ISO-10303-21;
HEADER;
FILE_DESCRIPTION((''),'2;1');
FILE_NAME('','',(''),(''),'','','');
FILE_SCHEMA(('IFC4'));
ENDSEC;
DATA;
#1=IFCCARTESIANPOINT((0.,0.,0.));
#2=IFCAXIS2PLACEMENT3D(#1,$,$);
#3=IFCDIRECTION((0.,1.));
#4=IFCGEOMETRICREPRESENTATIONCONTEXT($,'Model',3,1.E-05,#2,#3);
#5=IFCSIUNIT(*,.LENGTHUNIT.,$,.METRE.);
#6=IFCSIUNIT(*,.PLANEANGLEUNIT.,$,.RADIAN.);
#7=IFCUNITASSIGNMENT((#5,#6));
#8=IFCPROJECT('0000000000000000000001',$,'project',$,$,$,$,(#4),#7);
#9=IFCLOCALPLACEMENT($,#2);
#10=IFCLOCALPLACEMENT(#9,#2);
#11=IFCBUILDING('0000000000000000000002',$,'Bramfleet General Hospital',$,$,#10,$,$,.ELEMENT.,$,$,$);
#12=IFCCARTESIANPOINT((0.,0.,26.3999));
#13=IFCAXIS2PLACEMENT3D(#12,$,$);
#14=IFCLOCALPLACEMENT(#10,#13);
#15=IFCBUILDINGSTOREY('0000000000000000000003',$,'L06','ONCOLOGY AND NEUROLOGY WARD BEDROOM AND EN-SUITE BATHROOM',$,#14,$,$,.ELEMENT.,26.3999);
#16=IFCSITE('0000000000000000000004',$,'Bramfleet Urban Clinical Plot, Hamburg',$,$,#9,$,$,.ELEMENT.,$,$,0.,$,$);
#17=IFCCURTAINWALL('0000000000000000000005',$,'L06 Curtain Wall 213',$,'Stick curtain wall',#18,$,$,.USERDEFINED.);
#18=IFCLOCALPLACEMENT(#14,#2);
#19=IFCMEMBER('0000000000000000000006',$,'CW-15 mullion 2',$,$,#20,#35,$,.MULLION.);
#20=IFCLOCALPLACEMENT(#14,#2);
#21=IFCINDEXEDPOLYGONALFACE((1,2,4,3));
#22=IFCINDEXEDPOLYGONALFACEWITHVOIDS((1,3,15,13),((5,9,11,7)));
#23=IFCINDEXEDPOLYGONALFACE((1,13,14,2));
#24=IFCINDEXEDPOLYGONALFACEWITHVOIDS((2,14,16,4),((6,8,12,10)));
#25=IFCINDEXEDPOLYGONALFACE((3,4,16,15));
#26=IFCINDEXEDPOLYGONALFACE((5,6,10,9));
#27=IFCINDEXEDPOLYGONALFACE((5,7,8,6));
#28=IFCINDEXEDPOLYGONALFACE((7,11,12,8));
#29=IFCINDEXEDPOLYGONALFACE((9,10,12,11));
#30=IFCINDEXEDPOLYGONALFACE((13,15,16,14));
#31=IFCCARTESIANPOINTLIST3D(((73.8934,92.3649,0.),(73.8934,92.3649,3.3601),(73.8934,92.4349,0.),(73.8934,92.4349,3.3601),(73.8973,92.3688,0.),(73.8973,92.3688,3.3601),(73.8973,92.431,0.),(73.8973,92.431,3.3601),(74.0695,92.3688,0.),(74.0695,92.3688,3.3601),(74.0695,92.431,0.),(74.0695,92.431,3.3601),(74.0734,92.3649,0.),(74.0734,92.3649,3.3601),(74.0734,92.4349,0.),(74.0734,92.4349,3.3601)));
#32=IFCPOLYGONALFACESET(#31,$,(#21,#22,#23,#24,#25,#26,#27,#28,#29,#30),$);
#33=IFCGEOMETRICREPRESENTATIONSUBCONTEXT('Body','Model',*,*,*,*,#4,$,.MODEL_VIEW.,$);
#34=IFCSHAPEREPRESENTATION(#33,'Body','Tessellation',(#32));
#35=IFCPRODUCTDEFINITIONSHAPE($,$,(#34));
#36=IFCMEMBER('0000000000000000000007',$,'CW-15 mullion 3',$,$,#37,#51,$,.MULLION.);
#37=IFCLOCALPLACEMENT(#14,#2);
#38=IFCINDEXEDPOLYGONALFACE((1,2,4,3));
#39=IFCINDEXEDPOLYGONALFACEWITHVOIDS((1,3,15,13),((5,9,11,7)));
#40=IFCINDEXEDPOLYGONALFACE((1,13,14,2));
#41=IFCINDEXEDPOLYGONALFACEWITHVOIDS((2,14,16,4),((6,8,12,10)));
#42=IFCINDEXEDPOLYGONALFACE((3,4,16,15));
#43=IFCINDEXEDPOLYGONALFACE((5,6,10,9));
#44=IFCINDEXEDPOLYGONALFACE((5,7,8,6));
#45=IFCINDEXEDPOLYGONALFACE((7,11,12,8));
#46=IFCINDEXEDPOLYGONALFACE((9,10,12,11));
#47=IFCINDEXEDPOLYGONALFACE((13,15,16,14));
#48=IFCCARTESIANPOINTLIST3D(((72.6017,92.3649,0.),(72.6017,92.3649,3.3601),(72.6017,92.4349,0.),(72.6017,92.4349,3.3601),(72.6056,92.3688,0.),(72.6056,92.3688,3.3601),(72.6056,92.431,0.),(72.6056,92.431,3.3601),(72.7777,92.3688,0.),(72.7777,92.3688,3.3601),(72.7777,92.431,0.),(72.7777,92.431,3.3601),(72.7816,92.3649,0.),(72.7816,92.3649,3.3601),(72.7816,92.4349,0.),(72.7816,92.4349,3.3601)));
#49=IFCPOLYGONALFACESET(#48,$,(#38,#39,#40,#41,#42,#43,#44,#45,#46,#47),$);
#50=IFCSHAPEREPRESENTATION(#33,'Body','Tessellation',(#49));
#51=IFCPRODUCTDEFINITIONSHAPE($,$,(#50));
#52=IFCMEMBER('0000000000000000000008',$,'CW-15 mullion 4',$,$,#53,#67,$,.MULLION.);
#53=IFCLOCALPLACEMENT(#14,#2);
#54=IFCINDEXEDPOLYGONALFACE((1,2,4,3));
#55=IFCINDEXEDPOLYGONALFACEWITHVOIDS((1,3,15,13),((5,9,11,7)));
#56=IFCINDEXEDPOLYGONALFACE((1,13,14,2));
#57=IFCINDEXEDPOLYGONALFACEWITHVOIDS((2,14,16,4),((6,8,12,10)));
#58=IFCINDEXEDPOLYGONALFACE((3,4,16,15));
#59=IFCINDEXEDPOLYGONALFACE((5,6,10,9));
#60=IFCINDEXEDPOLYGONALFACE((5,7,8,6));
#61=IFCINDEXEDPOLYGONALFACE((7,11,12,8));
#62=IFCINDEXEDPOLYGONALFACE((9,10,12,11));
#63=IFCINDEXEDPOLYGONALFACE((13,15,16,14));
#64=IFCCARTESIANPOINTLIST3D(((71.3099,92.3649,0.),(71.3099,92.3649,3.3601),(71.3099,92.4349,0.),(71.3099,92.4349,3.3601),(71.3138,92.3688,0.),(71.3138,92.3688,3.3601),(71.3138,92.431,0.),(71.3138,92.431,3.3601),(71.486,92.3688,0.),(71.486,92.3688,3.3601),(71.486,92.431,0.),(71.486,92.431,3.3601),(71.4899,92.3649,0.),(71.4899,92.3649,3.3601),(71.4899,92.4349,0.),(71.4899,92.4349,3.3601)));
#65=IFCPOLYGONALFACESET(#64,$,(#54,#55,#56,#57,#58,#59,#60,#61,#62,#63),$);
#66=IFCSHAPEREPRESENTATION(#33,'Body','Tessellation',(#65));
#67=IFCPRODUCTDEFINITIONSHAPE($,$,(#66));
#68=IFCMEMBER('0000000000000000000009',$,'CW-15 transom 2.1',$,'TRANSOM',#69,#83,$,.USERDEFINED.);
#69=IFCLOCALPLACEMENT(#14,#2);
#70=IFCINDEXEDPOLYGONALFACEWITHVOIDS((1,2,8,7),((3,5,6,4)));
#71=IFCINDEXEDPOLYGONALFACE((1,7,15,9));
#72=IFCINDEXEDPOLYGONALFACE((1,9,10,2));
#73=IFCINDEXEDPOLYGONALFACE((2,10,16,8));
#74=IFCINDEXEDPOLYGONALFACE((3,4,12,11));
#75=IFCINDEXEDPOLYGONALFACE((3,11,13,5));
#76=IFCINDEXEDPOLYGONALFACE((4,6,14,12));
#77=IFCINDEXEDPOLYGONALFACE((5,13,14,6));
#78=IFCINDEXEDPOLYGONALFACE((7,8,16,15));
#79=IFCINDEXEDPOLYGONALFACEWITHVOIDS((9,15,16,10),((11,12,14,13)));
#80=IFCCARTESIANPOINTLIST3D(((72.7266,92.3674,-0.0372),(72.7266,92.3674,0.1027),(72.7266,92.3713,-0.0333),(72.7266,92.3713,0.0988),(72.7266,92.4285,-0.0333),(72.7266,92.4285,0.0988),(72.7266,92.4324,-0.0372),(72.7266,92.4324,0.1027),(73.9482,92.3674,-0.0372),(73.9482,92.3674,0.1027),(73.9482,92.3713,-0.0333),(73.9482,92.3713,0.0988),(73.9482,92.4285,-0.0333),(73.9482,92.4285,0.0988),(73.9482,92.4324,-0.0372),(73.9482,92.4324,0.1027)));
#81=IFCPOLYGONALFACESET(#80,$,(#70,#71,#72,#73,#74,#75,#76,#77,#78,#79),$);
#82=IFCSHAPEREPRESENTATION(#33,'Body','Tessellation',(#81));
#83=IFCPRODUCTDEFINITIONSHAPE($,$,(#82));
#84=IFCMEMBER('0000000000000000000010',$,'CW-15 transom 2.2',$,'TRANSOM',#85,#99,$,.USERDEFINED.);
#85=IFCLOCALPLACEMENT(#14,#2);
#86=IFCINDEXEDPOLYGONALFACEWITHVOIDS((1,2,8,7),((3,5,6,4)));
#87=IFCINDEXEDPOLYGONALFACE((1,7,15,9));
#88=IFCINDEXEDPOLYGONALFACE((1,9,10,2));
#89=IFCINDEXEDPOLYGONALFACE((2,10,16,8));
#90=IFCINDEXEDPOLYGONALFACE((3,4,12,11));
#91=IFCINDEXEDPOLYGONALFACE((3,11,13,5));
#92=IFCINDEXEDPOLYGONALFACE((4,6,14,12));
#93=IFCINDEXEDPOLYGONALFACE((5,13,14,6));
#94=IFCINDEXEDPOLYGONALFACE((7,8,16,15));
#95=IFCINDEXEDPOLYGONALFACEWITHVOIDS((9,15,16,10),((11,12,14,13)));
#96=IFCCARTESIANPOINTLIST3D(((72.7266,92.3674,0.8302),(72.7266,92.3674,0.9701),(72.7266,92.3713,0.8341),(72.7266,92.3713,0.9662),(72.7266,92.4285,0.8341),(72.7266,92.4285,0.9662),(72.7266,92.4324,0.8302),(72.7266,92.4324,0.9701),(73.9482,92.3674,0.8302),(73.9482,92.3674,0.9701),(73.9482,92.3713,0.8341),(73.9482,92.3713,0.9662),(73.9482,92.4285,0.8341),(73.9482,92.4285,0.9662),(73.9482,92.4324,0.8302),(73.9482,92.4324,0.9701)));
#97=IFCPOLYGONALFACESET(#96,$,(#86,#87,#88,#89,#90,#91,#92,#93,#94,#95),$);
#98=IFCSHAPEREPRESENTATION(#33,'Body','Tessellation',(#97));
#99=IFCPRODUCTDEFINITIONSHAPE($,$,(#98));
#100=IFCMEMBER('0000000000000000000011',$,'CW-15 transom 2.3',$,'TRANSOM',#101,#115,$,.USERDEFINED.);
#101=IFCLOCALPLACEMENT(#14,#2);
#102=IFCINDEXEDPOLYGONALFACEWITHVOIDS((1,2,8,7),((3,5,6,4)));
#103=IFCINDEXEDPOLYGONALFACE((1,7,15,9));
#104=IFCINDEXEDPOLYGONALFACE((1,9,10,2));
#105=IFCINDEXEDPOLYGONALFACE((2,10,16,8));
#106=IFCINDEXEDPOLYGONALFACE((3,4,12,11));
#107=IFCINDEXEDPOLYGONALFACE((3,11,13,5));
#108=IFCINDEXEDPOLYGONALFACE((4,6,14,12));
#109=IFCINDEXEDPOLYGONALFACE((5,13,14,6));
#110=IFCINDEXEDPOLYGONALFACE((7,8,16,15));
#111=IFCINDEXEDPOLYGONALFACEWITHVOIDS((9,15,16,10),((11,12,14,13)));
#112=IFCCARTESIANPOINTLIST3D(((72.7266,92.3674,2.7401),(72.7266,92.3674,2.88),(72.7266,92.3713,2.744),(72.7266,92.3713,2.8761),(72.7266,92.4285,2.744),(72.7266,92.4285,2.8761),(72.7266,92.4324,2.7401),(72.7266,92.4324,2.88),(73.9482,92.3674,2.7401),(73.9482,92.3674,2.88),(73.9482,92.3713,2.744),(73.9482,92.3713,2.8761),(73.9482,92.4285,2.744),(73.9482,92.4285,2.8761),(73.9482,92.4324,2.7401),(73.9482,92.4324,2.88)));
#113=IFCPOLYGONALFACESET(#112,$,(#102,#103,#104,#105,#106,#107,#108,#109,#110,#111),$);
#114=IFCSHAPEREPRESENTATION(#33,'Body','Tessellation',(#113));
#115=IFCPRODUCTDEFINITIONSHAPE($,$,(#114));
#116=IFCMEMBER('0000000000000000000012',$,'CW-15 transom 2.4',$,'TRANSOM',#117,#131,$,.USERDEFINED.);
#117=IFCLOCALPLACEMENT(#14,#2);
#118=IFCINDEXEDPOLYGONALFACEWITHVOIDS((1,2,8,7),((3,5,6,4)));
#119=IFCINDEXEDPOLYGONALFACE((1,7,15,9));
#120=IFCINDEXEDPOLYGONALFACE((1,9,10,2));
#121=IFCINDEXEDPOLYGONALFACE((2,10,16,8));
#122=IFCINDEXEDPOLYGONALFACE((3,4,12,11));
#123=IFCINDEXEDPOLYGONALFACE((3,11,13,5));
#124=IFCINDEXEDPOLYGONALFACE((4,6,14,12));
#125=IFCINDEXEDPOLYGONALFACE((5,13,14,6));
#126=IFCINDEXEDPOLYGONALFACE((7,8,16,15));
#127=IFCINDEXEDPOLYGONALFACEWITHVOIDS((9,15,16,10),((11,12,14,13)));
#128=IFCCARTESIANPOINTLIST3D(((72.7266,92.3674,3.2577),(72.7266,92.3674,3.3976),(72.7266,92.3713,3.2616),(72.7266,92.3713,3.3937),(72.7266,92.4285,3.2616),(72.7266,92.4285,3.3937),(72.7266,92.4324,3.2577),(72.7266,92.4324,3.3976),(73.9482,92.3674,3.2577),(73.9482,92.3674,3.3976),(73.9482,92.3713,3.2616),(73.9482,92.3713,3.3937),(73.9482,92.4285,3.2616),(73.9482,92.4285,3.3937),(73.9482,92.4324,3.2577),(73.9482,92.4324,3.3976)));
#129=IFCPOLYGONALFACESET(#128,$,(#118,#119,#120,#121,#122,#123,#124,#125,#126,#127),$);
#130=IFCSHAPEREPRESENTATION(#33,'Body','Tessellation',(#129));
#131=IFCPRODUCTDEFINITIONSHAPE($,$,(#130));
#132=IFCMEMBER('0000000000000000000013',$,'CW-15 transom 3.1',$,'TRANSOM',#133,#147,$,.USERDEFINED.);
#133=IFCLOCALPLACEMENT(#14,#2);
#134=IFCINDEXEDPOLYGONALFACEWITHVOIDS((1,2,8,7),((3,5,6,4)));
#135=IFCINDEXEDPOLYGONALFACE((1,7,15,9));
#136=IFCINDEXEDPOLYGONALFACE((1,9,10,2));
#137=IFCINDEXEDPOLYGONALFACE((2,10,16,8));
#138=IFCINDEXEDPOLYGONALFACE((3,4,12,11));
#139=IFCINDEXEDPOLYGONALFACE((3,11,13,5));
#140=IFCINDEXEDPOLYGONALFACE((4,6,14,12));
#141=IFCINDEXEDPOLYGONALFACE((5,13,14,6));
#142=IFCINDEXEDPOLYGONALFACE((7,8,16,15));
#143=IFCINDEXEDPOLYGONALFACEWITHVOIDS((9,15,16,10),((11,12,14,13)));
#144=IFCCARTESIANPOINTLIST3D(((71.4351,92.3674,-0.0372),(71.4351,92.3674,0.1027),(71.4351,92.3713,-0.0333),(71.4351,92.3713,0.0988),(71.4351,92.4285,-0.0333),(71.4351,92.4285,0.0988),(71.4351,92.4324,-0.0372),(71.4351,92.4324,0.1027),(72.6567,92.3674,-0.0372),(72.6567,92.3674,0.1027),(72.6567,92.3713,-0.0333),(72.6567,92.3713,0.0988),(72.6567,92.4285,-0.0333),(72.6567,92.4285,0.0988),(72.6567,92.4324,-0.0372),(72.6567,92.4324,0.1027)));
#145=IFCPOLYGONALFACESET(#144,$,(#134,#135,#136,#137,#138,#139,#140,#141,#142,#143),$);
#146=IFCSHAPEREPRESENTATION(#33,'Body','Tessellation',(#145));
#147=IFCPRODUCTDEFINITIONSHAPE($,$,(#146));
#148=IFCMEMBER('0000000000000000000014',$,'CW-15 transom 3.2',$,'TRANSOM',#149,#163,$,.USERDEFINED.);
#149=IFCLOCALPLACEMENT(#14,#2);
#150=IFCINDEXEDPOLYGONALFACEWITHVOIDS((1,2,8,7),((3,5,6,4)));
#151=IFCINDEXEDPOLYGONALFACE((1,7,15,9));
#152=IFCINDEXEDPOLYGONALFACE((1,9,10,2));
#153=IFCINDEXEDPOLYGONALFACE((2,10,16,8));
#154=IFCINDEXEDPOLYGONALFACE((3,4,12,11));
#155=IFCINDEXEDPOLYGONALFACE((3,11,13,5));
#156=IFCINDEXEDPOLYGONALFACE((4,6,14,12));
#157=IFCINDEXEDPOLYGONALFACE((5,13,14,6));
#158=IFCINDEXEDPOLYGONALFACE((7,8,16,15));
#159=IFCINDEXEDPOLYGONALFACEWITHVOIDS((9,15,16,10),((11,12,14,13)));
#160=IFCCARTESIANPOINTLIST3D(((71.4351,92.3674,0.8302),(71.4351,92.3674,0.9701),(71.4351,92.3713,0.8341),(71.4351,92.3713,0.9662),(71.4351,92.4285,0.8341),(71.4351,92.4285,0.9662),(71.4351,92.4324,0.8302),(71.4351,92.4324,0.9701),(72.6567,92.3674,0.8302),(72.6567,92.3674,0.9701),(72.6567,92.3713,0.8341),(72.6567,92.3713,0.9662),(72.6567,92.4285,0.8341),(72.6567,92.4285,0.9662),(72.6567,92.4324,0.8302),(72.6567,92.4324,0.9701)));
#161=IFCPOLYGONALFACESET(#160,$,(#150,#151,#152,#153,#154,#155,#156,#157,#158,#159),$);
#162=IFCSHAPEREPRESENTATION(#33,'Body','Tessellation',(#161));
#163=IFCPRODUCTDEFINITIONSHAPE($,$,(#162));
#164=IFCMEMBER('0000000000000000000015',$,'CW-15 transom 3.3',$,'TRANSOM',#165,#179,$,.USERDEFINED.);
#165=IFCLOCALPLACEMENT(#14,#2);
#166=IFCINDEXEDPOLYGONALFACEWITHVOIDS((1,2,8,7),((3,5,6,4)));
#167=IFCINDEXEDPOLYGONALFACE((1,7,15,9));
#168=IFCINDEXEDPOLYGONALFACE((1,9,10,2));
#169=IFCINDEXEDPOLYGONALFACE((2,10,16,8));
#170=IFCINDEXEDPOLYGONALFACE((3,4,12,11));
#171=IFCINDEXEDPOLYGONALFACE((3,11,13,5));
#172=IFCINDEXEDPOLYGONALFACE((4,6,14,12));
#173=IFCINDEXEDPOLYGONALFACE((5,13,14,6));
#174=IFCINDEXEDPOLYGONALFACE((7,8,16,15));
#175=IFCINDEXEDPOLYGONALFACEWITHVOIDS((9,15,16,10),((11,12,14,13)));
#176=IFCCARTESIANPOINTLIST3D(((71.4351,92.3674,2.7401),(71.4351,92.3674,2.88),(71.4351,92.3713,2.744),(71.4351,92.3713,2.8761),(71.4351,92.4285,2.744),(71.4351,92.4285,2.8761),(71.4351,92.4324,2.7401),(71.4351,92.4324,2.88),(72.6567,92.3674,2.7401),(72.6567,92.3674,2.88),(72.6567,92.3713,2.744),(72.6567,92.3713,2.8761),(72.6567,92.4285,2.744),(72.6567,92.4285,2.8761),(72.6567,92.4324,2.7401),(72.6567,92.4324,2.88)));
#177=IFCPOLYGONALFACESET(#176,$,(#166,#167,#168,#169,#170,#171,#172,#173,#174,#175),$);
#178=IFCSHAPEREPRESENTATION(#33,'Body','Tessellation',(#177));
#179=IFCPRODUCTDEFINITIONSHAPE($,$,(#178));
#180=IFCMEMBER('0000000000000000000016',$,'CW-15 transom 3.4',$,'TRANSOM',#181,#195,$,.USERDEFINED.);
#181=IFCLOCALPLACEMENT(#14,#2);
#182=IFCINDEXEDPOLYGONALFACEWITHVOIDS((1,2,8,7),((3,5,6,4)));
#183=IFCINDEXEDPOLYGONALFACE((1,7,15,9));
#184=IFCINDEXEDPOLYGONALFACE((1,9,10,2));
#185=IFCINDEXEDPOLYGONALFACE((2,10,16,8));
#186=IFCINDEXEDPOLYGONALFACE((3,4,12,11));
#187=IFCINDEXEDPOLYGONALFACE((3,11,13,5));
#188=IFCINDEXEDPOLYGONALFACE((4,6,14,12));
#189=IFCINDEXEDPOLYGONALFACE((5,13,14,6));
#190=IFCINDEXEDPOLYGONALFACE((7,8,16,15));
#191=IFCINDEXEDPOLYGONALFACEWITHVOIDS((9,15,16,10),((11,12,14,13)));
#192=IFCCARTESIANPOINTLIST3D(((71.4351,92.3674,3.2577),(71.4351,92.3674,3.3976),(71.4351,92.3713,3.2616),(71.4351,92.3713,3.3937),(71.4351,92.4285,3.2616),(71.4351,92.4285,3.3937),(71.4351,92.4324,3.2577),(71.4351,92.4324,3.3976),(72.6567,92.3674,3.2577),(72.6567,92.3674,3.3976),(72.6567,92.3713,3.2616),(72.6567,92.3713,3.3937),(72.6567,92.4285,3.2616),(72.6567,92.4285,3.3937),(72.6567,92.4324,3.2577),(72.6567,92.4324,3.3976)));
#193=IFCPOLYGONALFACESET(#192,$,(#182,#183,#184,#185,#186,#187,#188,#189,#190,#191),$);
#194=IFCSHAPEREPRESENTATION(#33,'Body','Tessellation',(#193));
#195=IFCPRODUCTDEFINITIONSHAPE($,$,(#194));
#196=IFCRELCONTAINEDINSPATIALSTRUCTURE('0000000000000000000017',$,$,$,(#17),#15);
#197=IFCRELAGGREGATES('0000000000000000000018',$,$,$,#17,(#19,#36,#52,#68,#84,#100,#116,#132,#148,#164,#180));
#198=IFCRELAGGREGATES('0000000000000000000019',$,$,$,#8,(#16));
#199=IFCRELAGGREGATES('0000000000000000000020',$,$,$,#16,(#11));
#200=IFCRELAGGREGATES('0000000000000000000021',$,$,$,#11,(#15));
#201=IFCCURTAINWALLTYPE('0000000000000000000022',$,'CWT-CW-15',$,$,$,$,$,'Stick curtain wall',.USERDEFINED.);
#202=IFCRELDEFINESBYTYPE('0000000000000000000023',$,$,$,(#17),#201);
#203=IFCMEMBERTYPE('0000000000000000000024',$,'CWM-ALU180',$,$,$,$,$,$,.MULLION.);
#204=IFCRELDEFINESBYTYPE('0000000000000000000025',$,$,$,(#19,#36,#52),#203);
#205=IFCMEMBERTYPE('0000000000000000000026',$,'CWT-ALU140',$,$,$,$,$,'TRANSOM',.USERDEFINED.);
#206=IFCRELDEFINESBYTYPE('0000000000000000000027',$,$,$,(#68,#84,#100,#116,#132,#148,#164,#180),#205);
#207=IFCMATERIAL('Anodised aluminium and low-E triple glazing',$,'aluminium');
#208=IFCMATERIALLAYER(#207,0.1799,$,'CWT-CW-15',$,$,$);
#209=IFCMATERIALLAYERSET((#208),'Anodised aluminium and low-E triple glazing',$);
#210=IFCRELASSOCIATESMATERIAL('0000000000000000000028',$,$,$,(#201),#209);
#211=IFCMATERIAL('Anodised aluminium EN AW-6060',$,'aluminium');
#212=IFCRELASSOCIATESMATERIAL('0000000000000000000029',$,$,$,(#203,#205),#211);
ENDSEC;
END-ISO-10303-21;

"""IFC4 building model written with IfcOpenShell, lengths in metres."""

from ifc_helpers import new_model, si_unit, direction, frame, origin, origin_2d, place, context, subcontext, project, spatial, hollow_rectangle, extrude, material, layer, layer_set, material_profile, profile_set, type_object, element, aggregate, save


model = new_model("IFC4")

# Units and contexts
model_context = context("Model", 3, precision=1e-05, world=origin(), true_north=direction((0.0, 1.0)))
body_context = subcontext(model_context, "Body", "Model", "MODEL_VIEW")
ifc_project = project(units=[si_unit("LENGTHUNIT", "METRE"), si_unit("PLANEANGLEUNIT", "RADIAN")], contexts=[model_context])

# Site, building, storey
site_placement = place(None, origin())
site = spatial("IfcSite", under=ifc_project, at=site_placement, Name="Bramfleet Urban Clinical Plot, Hamburg", CompositionType="ELEMENT", RefElevation=0.0)
building_placement = place(site_placement, origin())
building = spatial("IfcBuilding", under=site, at=building_placement, Name="Bramfleet General Hospital", CompositionType="ELEMENT")
storey_placement = place(building_placement, frame((0.0, 0.0, 26.3999)))
storey = spatial("IfcBuildingStorey", under=building, at=storey_placement, Name="L06", Description="ONCOLOGY AND NEUROLOGY WARD BEDROOM AND EN-SUITE BATHROOM", CompositionType="ELEMENT", Elevation=26.3999)

# Curtain wall, members
ifc_material_1 = material(Name="Anodised aluminium and low-E triple glazing", Category="aluminium")
ifc_layer_1 = layer(ifc_material_1, 0.1799, Name="CWT-CW-15")
ifc_layer_set_1 = layer_set([ifc_layer_1], Name="Anodised aluminium and low-E triple glazing")
curtain_wall_type = type_object("IfcCurtainWallType", Name="CWT-CW-15", ElementType="Stick curtain wall", PredefinedType="USERDEFINED", material=ifc_layer_set_1)
curtain_wall_placement = place(storey_placement, origin())
curtain_wall = element("IfcCurtainWall", 1, at=curtain_wall_placement, inside=storey, type_object=curtain_wall_type, Name="L06 Curtain Wall 213", ObjectType="Stick curtain wall", PredefinedType="USERDEFINED")
ifc_material_2 = material(Name="Anodised aluminium EN AW-6060", Category="aluminium")
ifc_material_profile_1 = material_profile(ifc_material_2, hollow_rectangle(XDim=0.0701, YDim=0.1799, WallThickness=0.0039, at=origin_2d()), Name="ALU 180x70x4.0")
ifc_profile_set_1 = profile_set([ifc_material_profile_1], Name="Anodised aluminium EN AW-6060")
member_type_1 = type_object("IfcMemberType", Name="CWM-ALU180", PredefinedType="MULLION", material=ifc_profile_set_1)
member_1_placement = place(storey_placement, frame((73.9834, 92.3999, 0.0), z_axis=(0.0, 0.0, 1.0), x_axis=(0.0, -1.0, 0.0)))
member_1 = element("IfcMember", 2, at=member_1_placement, type_object=member_type_1, Name="CW-15 mullion 2", PredefinedType="MULLION", context=body_context, shape_type="SweptSolid", body=[
    extrude(hollow_rectangle(XDim=0.0701, YDim=0.1799, WallThickness=0.0039, at=origin_2d()), origin(), (0.0, 0.0, 1.0), 3.3601),
])
member_2_placement = place(storey_placement, frame((72.6917, 92.3999, 0.0), z_axis=(0.0, 0.0, 1.0), x_axis=(0.0, -1.0, 0.0)))
member_2 = element("IfcMember", 3, at=member_2_placement, type_object=member_type_1, Name="CW-15 mullion 3", PredefinedType="MULLION", context=body_context, shape_type="SweptSolid", body=[
    extrude(hollow_rectangle(XDim=0.0701, YDim=0.1799, WallThickness=0.0039, at=origin_2d()), origin(), (0.0, 0.0, 1.0), 3.3601),
])
member_3_placement = place(storey_placement, frame((71.3999, 92.3999, 0.0), z_axis=(0.0, 0.0, 1.0), x_axis=(0.0, -1.0, 0.0)))
member_3 = element("IfcMember", 4, at=member_3_placement, type_object=member_type_1, Name="CW-15 mullion 4", PredefinedType="MULLION", context=body_context, shape_type="SweptSolid", body=[
    extrude(hollow_rectangle(XDim=0.0701, YDim=0.1799, WallThickness=0.0039, at=origin_2d()), origin(), (0.0, 0.0, 1.0), 3.3601),
])
ifc_material_profile_2 = material_profile(ifc_material_2, hollow_rectangle(XDim=0.0649, YDim=0.1399, WallThickness=0.0039, at=origin_2d()), Name="ALU 140x65x4.0")
ifc_profile_set_2 = profile_set([ifc_material_profile_2], Name="Anodised aluminium EN AW-6060")
member_type_2 = type_object("IfcMemberType", Name="CWT-ALU140", ElementType="TRANSOM", PredefinedType="USERDEFINED", material=ifc_profile_set_2)
member_4_placement = place(storey_placement, frame((73.9482, 92.3999, 0.0327), z_axis=(-1.0, 0.0, 0.0), x_axis=(0.0, -1.0, 0.0)))
member_4 = element("IfcMember", 5, at=member_4_placement, type_object=member_type_2, Name="CW-15 transom 2.1", ObjectType="TRANSOM", PredefinedType="USERDEFINED", context=body_context, shape_type="SweptSolid", body=[
    extrude(hollow_rectangle(XDim=0.0649, YDim=0.1399, WallThickness=0.0039, at=origin_2d()), origin(), (0.0, 0.0, 1.0), 1.2217),
])
member_5_placement = place(storey_placement, frame((73.9482, 92.3999, 0.9001), z_axis=(-1.0, 0.0, 0.0), x_axis=(0.0, -1.0, 0.0)))
member_5 = element("IfcMember", 6, at=member_5_placement, type_object=member_type_2, Name="CW-15 transom 2.2", ObjectType="TRANSOM", PredefinedType="USERDEFINED", context=body_context, shape_type="SweptSolid", body=[
    extrude(hollow_rectangle(XDim=0.0649, YDim=0.1399, WallThickness=0.0039, at=origin_2d()), origin(), (0.0, 0.0, 1.0), 1.2217),
])
member_6_placement = place(storey_placement, frame((73.9482, 92.3999, 2.8101), z_axis=(-1.0, 0.0, 0.0), x_axis=(0.0, -1.0, 0.0)))
member_6 = element("IfcMember", 7, at=member_6_placement, type_object=member_type_2, Name="CW-15 transom 2.3", ObjectType="TRANSOM", PredefinedType="USERDEFINED", context=body_context, shape_type="SweptSolid", body=[
    extrude(hollow_rectangle(XDim=0.0649, YDim=0.1399, WallThickness=0.0039, at=origin_2d()), origin(), (0.0, 0.0, 1.0), 1.2217),
])
member_7_placement = place(storey_placement, frame((73.9482, 92.3999, 3.3276), z_axis=(-1.0, 0.0, 0.0), x_axis=(0.0, -1.0, 0.0)))
member_7 = element("IfcMember", 8, at=member_7_placement, type_object=member_type_2, Name="CW-15 transom 2.4", ObjectType="TRANSOM", PredefinedType="USERDEFINED", context=body_context, shape_type="SweptSolid", body=[
    extrude(hollow_rectangle(XDim=0.0649, YDim=0.1399, WallThickness=0.0039, at=origin_2d()), origin(), (0.0, 0.0, 1.0), 1.2217),
])
member_8_placement = place(storey_placement, frame((72.6567, 92.3999, 0.0327), z_axis=(-1.0, 0.0, 0.0), x_axis=(0.0, -1.0, 0.0)))
member_8 = element("IfcMember", 9, at=member_8_placement, type_object=member_type_2, Name="CW-15 transom 3.1", ObjectType="TRANSOM", PredefinedType="USERDEFINED", context=body_context, shape_type="SweptSolid", body=[
    extrude(hollow_rectangle(XDim=0.0649, YDim=0.1399, WallThickness=0.0039, at=origin_2d()), origin(), (0.0, 0.0, 1.0), 1.2217),
])
member_9_placement = place(storey_placement, frame((72.6567, 92.3999, 0.9001), z_axis=(-1.0, 0.0, 0.0), x_axis=(0.0, -1.0, 0.0)))
member_9 = element("IfcMember", 10, at=member_9_placement, type_object=member_type_2, Name="CW-15 transom 3.2", ObjectType="TRANSOM", PredefinedType="USERDEFINED", context=body_context, shape_type="SweptSolid", body=[
    extrude(hollow_rectangle(XDim=0.0649, YDim=0.1399, WallThickness=0.0039, at=origin_2d()), origin(), (0.0, 0.0, 1.0), 1.2217),
])
member_10_placement = place(storey_placement, frame((72.6567, 92.3999, 2.8101), z_axis=(-1.0, 0.0, 0.0), x_axis=(0.0, -1.0, 0.0)))
member_10 = element("IfcMember", 11, at=member_10_placement, type_object=member_type_2, Name="CW-15 transom 3.3", ObjectType="TRANSOM", PredefinedType="USERDEFINED", context=body_context, shape_type="SweptSolid", body=[
    extrude(hollow_rectangle(XDim=0.0649, YDim=0.1399, WallThickness=0.0039, at=origin_2d()), origin(), (0.0, 0.0, 1.0), 1.2217),
])
member_11_placement = place(storey_placement, frame((72.6567, 92.3999, 3.3276), z_axis=(-1.0, 0.0, 0.0), x_axis=(0.0, -1.0, 0.0)))
member_11 = element("IfcMember", 12, at=member_11_placement, type_object=member_type_2, Name="CW-15 transom 3.4", ObjectType="TRANSOM", PredefinedType="USERDEFINED", context=body_context, shape_type="SweptSolid", body=[
    extrude(hollow_rectangle(XDim=0.0649, YDim=0.1399, WallThickness=0.0039, at=origin_2d()), origin(), (0.0, 0.0, 1.0), 1.2217),
])
aggregate(curtain_wall, [member_1, member_2, member_3, member_4, member_5, member_6, member_7, member_8, member_9, member_10, member_11])

save(model, "model.ifc")
